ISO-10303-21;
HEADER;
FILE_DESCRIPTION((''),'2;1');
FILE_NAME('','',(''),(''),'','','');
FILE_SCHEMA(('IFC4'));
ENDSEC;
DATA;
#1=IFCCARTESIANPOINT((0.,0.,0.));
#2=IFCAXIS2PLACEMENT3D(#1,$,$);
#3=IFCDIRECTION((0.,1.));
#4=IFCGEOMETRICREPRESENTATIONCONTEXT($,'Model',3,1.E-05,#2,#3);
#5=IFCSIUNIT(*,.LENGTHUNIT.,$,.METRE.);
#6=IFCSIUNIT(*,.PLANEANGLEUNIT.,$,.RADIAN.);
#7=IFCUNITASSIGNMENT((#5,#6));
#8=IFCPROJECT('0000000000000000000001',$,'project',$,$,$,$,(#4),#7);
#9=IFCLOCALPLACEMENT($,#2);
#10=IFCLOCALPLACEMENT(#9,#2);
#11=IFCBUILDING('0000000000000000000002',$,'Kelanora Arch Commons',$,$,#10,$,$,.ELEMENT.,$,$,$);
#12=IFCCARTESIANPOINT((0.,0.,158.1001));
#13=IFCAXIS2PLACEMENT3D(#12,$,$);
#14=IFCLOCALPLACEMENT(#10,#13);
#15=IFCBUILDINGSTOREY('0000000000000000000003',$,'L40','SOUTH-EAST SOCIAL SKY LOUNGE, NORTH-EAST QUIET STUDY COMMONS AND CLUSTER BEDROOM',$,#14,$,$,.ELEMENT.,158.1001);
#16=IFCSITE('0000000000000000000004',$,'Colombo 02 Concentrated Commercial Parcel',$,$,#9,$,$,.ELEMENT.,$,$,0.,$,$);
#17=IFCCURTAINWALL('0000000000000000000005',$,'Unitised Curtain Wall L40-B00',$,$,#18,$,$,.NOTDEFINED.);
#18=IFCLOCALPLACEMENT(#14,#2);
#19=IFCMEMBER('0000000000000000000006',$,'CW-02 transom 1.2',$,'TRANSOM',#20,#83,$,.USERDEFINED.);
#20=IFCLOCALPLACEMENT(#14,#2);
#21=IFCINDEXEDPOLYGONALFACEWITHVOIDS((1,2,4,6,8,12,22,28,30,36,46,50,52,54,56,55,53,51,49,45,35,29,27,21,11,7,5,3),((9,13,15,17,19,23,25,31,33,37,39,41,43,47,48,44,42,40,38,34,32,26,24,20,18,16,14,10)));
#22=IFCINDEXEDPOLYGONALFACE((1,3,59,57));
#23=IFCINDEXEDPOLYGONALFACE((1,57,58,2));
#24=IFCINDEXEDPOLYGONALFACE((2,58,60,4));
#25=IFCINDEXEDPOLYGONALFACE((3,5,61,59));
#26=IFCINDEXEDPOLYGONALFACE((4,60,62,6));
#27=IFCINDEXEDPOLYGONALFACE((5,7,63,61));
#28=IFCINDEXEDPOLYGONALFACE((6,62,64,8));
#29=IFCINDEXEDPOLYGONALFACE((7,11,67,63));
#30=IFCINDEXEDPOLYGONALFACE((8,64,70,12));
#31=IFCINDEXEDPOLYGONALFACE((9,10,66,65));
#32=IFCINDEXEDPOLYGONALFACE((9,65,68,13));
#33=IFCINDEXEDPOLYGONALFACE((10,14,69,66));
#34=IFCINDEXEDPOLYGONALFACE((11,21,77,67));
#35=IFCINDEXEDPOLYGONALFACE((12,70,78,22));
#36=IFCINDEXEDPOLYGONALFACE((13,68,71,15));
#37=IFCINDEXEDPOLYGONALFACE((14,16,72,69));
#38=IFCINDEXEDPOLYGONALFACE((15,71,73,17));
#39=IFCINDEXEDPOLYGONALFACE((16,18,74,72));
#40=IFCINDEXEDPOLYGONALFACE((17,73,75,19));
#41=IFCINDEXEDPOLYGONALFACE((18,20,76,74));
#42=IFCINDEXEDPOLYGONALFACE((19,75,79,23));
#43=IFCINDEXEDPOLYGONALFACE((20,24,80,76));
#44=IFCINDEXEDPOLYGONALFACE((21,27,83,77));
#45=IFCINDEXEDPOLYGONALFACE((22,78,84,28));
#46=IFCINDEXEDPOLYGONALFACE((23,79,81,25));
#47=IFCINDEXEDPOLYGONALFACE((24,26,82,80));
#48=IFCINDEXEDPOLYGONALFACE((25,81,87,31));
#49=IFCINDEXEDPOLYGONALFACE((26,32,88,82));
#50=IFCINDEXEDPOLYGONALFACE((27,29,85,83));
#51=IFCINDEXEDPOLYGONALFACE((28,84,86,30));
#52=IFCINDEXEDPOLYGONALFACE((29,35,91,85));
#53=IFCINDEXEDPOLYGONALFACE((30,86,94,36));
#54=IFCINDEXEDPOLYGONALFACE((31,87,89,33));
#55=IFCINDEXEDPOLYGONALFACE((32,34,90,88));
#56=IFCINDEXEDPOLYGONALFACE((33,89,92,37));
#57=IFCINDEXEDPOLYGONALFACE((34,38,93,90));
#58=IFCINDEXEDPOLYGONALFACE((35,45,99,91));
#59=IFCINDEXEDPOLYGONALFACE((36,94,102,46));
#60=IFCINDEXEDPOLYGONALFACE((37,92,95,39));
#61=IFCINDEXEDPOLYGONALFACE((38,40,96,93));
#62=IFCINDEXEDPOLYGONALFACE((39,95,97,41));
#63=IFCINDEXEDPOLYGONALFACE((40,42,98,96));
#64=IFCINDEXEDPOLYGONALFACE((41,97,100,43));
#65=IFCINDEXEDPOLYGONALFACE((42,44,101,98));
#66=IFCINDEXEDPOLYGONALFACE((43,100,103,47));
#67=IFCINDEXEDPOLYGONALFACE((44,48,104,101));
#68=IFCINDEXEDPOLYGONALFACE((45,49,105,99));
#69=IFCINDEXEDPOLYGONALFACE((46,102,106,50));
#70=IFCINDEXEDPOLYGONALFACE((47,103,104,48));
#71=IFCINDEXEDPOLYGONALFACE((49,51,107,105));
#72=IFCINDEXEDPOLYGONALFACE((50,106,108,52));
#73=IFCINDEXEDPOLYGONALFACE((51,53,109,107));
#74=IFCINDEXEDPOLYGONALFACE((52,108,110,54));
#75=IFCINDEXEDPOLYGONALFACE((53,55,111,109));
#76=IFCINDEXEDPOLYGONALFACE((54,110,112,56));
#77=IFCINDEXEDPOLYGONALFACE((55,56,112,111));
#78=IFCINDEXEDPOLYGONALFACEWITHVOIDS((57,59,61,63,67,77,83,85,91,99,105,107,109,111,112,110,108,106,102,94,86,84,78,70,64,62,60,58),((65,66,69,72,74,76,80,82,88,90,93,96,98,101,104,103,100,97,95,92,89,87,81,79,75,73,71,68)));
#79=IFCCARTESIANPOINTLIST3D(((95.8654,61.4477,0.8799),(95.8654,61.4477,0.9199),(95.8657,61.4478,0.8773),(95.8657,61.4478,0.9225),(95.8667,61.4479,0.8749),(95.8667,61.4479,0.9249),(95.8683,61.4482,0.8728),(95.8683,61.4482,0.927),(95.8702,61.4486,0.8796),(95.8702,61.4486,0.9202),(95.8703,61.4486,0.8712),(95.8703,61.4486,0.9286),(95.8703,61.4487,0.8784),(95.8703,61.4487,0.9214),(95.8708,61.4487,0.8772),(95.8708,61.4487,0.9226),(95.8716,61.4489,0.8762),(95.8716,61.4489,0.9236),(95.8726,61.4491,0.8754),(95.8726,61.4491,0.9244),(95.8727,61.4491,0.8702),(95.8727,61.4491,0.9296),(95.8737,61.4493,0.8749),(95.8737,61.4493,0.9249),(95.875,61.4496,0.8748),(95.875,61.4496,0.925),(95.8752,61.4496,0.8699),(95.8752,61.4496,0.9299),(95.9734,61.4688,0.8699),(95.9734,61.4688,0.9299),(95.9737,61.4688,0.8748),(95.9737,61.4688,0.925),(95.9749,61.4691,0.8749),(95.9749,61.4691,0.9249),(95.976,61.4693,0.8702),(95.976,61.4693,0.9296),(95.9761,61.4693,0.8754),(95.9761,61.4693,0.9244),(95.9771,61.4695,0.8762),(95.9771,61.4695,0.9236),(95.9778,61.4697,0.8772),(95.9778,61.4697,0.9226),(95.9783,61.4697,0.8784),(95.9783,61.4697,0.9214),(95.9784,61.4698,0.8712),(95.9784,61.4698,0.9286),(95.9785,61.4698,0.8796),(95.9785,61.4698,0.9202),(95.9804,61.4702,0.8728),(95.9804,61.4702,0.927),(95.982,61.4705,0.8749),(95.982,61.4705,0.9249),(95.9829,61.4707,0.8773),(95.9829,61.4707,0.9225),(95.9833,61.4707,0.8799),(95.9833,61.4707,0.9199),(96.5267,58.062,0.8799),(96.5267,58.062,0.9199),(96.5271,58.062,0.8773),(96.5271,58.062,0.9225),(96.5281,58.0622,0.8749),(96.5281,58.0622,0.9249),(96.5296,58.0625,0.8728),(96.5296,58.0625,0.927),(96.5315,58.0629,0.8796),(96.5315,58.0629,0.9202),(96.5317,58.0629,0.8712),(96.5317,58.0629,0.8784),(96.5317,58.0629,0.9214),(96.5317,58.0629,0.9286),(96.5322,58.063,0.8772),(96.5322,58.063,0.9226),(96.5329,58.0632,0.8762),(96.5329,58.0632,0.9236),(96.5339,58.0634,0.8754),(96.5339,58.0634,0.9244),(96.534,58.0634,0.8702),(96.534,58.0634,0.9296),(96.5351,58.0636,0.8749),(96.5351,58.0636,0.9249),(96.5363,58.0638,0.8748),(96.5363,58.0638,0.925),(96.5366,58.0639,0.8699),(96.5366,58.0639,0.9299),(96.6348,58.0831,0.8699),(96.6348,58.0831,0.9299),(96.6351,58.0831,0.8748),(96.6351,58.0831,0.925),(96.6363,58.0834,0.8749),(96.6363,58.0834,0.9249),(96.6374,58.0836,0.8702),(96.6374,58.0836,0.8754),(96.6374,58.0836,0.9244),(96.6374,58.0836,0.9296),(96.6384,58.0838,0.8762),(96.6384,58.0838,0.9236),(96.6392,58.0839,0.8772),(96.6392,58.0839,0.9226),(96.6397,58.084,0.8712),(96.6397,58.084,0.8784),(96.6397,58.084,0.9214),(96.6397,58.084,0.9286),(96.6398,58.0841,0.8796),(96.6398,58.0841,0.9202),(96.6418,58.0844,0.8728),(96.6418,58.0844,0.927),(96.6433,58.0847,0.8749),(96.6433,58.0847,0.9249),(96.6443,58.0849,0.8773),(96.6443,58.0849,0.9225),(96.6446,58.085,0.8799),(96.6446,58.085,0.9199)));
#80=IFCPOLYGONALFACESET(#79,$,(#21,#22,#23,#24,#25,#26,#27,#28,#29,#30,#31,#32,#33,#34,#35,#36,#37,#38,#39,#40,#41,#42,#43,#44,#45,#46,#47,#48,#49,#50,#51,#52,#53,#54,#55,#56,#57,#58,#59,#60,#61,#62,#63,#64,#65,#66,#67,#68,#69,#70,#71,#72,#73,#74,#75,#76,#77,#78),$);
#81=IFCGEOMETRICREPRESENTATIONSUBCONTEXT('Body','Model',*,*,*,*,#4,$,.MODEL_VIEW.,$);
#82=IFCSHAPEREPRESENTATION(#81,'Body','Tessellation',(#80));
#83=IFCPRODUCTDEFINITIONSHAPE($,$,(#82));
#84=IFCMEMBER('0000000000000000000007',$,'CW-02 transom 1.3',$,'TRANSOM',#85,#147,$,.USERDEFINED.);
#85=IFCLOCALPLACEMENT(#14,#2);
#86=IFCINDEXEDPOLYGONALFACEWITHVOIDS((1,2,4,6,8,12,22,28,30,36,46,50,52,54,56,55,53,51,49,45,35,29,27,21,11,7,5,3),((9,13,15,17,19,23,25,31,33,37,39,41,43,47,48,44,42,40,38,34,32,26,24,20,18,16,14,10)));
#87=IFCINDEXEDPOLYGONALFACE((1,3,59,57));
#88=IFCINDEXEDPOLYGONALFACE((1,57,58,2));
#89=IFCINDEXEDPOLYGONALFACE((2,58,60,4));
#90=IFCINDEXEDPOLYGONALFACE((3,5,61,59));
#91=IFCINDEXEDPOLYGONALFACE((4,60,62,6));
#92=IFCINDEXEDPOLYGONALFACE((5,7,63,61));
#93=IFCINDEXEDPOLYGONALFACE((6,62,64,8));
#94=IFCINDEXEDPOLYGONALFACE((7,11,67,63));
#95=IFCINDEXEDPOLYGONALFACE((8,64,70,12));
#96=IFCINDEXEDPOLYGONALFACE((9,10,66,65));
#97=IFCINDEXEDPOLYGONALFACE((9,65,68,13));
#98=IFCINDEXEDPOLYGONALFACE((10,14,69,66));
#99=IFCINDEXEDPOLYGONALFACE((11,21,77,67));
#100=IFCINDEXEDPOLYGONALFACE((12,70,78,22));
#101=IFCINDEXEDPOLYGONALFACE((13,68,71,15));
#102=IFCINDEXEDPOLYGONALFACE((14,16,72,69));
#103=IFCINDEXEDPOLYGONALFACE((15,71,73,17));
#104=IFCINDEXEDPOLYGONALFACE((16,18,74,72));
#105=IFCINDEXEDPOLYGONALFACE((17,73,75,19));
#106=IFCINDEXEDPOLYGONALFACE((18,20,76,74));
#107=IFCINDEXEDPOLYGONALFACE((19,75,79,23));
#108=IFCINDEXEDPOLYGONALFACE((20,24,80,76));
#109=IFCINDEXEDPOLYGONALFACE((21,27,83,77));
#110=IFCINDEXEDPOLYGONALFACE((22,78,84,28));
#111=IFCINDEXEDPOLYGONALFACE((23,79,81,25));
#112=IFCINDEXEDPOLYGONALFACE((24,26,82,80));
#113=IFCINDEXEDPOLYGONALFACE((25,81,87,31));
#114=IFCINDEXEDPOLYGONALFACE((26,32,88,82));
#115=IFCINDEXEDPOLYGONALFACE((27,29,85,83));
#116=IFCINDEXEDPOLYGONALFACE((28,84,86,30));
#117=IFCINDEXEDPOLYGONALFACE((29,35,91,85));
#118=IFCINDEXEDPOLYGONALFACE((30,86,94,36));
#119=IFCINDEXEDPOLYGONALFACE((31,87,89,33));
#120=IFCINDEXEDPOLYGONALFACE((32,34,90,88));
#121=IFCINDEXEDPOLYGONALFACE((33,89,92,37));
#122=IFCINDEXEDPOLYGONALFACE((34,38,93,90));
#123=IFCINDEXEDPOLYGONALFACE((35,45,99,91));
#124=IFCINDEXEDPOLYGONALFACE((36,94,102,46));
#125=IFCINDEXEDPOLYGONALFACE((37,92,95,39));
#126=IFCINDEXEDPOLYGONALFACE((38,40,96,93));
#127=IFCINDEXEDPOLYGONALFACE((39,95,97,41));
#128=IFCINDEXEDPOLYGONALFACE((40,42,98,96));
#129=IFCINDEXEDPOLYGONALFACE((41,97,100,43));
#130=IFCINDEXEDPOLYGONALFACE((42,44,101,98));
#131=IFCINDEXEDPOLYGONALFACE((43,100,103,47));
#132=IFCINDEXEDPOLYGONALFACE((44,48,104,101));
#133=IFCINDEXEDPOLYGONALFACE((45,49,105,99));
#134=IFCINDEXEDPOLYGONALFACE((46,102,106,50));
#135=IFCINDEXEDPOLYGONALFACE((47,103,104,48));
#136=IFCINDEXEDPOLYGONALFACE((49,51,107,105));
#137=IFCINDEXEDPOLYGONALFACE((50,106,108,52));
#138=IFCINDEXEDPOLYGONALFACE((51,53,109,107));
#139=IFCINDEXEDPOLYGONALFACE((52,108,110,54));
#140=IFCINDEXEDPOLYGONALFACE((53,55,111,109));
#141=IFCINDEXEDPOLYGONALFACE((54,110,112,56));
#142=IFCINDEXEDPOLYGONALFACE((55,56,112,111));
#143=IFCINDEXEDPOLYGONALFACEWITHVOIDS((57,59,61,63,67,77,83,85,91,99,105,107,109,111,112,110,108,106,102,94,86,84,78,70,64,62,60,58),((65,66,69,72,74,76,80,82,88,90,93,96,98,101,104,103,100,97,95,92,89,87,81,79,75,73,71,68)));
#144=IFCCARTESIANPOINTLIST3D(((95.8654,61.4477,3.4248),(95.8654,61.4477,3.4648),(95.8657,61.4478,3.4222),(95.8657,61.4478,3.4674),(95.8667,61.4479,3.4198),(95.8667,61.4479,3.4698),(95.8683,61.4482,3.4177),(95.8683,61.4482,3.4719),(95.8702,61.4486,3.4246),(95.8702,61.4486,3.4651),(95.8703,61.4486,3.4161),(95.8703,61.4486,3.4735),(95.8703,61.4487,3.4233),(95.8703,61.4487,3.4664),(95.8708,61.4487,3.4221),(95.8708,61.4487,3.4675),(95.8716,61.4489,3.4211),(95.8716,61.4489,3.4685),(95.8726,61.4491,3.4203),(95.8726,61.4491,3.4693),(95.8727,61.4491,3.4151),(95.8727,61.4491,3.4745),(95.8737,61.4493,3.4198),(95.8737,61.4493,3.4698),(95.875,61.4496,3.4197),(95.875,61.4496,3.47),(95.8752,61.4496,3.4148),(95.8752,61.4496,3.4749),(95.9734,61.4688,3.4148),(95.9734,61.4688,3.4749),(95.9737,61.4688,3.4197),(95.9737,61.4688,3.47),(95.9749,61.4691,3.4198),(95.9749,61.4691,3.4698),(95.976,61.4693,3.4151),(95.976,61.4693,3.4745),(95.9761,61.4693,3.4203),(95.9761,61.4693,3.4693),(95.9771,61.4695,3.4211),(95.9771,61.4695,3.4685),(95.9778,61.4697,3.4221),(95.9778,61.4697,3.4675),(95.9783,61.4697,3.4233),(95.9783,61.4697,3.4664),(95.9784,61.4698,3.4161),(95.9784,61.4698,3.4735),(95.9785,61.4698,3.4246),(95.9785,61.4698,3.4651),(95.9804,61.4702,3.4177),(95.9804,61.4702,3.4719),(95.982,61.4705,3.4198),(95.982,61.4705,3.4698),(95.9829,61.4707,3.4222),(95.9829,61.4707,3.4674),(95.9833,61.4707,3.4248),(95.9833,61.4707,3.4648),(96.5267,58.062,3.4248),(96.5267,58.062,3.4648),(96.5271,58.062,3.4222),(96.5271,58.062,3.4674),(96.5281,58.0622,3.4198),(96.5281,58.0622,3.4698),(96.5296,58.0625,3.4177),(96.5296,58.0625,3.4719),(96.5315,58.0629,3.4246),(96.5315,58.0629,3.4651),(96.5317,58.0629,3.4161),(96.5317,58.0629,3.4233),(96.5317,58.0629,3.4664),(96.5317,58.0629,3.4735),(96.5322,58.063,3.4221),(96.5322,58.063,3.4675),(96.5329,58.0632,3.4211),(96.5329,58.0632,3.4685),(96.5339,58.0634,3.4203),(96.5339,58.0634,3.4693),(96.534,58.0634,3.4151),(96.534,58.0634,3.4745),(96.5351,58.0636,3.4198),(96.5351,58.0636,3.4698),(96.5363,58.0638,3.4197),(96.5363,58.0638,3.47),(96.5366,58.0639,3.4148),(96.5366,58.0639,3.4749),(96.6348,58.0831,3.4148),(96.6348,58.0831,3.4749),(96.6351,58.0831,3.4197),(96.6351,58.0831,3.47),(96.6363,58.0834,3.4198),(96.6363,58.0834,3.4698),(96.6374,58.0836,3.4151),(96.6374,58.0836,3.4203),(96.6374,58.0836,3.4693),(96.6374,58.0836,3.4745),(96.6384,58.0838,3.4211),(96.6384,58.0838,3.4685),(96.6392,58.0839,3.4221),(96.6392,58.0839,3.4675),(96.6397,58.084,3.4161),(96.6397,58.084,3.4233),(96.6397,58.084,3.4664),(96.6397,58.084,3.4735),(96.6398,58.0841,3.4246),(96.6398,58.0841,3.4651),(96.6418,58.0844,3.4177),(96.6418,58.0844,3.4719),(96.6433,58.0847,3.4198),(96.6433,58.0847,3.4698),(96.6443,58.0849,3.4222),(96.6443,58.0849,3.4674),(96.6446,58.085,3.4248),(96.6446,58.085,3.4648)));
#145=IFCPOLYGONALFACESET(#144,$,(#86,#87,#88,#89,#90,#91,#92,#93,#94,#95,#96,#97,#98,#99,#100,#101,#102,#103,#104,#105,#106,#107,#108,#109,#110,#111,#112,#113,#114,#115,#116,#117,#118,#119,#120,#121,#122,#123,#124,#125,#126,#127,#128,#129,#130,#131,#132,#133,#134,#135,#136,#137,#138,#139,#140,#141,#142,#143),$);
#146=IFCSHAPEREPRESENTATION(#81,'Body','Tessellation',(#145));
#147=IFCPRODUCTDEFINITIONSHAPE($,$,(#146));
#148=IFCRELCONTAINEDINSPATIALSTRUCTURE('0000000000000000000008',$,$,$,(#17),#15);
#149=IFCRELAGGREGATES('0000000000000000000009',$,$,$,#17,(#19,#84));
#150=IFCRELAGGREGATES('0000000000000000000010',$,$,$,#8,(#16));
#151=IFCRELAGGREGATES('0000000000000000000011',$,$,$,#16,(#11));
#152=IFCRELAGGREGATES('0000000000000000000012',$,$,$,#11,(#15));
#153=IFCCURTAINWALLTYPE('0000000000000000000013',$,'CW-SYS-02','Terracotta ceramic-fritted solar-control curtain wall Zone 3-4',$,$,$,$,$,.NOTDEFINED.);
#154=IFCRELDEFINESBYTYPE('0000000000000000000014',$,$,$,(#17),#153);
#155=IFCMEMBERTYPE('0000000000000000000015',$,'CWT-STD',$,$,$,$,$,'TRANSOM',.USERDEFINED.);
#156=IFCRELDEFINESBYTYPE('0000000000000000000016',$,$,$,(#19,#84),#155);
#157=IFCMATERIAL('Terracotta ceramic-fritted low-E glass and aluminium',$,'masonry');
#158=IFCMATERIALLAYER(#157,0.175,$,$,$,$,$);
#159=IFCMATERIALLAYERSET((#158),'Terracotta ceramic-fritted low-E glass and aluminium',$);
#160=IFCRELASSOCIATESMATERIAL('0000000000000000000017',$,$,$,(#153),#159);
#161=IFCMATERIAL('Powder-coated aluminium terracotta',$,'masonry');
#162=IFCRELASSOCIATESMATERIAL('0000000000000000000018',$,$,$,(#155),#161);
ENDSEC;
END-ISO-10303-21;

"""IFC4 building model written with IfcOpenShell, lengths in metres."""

from ifc_helpers import new_model, si_unit, direction, frame, origin, origin_2d, place, context, subcontext, project, spatial, hollow_rectangle, extrude, material, layer, layer_set, material_profile, profile_set, type_object, element, aggregate, save


model = new_model("IFC4")

# Units and contexts
model_context = context("Model", 3, precision=1e-05, world=origin(), true_north=direction((0.0, 1.0)))
body_context = subcontext(model_context, "Body", "Model", "MODEL_VIEW")
ifc_project = project(units=[si_unit("LENGTHUNIT", "METRE"), si_unit("PLANEANGLEUNIT", "RADIAN")], contexts=[model_context])

# Site, building, storey
site_placement = place(None, origin())
site = spatial("IfcSite", under=ifc_project, at=site_placement, Name="Colombo 02 Concentrated Commercial Parcel", CompositionType="ELEMENT", RefElevation=0.0)
building_placement = place(site_placement, origin())
building = spatial("IfcBuilding", under=site, at=building_placement, Name="Kelanora Arch Commons", CompositionType="ELEMENT")
storey_placement = place(building_placement, frame((0.0, 0.0, 158.1001)))
storey = spatial("IfcBuildingStorey", under=building, at=storey_placement, Name="L40", Description="SOUTH-EAST SOCIAL SKY LOUNGE, NORTH-EAST QUIET STUDY COMMONS AND CLUSTER BEDROOM", CompositionType="ELEMENT", Elevation=158.1001)

# Curtain wall, members
ifc_material_1 = material(Name="Terracotta ceramic-fritted low-E glass and aluminium", Category="masonry")
ifc_layer_1 = layer(ifc_material_1, 0.175)
ifc_layer_set_1 = layer_set([ifc_layer_1], Name="Terracotta ceramic-fritted low-E glass and aluminium")
curtain_wall_type = type_object("IfcCurtainWallType", Name="CW-SYS-02", Description="Terracotta ceramic-fritted solar-control curtain wall Zone 3-4", PredefinedType="NOTDEFINED", material=ifc_layer_set_1)
curtain_wall_placement = place(storey_placement, origin())
curtain_wall = element("IfcCurtainWall", 1, at=curtain_wall_placement, inside=storey, type_object=curtain_wall_type, Name="Unitised Curtain Wall L40-B00", PredefinedType="NOTDEFINED")
ifc_material_2 = material(Name="Powder-coated aluminium terracotta", Category="masonry")
ifc_material_profile_1 = material_profile(ifc_material_2, hollow_rectangle(XDim=0.1201, YDim=0.0601, WallThickness=0.0049, InnerFilletRadius=0.0049, OuterFilletRadius=0.01, at=origin_2d()), Name="CWT120x60")
ifc_profile_set_1 = profile_set([ifc_material_profile_1], Name="Powder-coated aluminium terracotta")
member_type_1 = type_object("IfcMemberType", Name="CWT-STD", ElementType="TRANSOM", PredefinedType="USERDEFINED", material=ifc_profile_set_1)
member_1_placement = place(storey_placement, frame((96.5857, 58.0735, 0.8999), z_axis=(-0.191718, 0.98145, 0.0), x_axis=(-0.98145, -0.191718, 0.0)))
member_1 = element("IfcMember", 2, at=member_1_placement, type_object=member_type_1, Name="CW-02 transom 1.2", ObjectType="TRANSOM", PredefinedType="USERDEFINED", context=body_context, shape_type="SweptSolid", body=[
    extrude(hollow_rectangle(XDim=0.1201, YDim=0.0601, WallThickness=0.0049, InnerFilletRadius=0.0049, OuterFilletRadius=0.01, at=origin_2d()), origin(), (0.0, 0.0, 1.0), 3.4497),
])
member_2_placement = place(storey_placement, frame((96.5857, 58.0735, 3.4448), z_axis=(-0.191718, 0.98145, 0.0), x_axis=(-0.98145, -0.191718, 0.0)))
member_2 = element("IfcMember", 3, at=member_2_placement, type_object=member_type_1, Name="CW-02 transom 1.3", ObjectType="TRANSOM", PredefinedType="USERDEFINED", context=body_context, shape_type="SweptSolid", body=[
    extrude(hollow_rectangle(XDim=0.1201, YDim=0.0601, WallThickness=0.0049, InnerFilletRadius=0.0049, OuterFilletRadius=0.01, at=origin_2d()), origin(), (0.0, 0.0, 1.0), 3.4497),
])
aggregate(curtain_wall, [member_1, member_2])

save(model, "model.ifc")
